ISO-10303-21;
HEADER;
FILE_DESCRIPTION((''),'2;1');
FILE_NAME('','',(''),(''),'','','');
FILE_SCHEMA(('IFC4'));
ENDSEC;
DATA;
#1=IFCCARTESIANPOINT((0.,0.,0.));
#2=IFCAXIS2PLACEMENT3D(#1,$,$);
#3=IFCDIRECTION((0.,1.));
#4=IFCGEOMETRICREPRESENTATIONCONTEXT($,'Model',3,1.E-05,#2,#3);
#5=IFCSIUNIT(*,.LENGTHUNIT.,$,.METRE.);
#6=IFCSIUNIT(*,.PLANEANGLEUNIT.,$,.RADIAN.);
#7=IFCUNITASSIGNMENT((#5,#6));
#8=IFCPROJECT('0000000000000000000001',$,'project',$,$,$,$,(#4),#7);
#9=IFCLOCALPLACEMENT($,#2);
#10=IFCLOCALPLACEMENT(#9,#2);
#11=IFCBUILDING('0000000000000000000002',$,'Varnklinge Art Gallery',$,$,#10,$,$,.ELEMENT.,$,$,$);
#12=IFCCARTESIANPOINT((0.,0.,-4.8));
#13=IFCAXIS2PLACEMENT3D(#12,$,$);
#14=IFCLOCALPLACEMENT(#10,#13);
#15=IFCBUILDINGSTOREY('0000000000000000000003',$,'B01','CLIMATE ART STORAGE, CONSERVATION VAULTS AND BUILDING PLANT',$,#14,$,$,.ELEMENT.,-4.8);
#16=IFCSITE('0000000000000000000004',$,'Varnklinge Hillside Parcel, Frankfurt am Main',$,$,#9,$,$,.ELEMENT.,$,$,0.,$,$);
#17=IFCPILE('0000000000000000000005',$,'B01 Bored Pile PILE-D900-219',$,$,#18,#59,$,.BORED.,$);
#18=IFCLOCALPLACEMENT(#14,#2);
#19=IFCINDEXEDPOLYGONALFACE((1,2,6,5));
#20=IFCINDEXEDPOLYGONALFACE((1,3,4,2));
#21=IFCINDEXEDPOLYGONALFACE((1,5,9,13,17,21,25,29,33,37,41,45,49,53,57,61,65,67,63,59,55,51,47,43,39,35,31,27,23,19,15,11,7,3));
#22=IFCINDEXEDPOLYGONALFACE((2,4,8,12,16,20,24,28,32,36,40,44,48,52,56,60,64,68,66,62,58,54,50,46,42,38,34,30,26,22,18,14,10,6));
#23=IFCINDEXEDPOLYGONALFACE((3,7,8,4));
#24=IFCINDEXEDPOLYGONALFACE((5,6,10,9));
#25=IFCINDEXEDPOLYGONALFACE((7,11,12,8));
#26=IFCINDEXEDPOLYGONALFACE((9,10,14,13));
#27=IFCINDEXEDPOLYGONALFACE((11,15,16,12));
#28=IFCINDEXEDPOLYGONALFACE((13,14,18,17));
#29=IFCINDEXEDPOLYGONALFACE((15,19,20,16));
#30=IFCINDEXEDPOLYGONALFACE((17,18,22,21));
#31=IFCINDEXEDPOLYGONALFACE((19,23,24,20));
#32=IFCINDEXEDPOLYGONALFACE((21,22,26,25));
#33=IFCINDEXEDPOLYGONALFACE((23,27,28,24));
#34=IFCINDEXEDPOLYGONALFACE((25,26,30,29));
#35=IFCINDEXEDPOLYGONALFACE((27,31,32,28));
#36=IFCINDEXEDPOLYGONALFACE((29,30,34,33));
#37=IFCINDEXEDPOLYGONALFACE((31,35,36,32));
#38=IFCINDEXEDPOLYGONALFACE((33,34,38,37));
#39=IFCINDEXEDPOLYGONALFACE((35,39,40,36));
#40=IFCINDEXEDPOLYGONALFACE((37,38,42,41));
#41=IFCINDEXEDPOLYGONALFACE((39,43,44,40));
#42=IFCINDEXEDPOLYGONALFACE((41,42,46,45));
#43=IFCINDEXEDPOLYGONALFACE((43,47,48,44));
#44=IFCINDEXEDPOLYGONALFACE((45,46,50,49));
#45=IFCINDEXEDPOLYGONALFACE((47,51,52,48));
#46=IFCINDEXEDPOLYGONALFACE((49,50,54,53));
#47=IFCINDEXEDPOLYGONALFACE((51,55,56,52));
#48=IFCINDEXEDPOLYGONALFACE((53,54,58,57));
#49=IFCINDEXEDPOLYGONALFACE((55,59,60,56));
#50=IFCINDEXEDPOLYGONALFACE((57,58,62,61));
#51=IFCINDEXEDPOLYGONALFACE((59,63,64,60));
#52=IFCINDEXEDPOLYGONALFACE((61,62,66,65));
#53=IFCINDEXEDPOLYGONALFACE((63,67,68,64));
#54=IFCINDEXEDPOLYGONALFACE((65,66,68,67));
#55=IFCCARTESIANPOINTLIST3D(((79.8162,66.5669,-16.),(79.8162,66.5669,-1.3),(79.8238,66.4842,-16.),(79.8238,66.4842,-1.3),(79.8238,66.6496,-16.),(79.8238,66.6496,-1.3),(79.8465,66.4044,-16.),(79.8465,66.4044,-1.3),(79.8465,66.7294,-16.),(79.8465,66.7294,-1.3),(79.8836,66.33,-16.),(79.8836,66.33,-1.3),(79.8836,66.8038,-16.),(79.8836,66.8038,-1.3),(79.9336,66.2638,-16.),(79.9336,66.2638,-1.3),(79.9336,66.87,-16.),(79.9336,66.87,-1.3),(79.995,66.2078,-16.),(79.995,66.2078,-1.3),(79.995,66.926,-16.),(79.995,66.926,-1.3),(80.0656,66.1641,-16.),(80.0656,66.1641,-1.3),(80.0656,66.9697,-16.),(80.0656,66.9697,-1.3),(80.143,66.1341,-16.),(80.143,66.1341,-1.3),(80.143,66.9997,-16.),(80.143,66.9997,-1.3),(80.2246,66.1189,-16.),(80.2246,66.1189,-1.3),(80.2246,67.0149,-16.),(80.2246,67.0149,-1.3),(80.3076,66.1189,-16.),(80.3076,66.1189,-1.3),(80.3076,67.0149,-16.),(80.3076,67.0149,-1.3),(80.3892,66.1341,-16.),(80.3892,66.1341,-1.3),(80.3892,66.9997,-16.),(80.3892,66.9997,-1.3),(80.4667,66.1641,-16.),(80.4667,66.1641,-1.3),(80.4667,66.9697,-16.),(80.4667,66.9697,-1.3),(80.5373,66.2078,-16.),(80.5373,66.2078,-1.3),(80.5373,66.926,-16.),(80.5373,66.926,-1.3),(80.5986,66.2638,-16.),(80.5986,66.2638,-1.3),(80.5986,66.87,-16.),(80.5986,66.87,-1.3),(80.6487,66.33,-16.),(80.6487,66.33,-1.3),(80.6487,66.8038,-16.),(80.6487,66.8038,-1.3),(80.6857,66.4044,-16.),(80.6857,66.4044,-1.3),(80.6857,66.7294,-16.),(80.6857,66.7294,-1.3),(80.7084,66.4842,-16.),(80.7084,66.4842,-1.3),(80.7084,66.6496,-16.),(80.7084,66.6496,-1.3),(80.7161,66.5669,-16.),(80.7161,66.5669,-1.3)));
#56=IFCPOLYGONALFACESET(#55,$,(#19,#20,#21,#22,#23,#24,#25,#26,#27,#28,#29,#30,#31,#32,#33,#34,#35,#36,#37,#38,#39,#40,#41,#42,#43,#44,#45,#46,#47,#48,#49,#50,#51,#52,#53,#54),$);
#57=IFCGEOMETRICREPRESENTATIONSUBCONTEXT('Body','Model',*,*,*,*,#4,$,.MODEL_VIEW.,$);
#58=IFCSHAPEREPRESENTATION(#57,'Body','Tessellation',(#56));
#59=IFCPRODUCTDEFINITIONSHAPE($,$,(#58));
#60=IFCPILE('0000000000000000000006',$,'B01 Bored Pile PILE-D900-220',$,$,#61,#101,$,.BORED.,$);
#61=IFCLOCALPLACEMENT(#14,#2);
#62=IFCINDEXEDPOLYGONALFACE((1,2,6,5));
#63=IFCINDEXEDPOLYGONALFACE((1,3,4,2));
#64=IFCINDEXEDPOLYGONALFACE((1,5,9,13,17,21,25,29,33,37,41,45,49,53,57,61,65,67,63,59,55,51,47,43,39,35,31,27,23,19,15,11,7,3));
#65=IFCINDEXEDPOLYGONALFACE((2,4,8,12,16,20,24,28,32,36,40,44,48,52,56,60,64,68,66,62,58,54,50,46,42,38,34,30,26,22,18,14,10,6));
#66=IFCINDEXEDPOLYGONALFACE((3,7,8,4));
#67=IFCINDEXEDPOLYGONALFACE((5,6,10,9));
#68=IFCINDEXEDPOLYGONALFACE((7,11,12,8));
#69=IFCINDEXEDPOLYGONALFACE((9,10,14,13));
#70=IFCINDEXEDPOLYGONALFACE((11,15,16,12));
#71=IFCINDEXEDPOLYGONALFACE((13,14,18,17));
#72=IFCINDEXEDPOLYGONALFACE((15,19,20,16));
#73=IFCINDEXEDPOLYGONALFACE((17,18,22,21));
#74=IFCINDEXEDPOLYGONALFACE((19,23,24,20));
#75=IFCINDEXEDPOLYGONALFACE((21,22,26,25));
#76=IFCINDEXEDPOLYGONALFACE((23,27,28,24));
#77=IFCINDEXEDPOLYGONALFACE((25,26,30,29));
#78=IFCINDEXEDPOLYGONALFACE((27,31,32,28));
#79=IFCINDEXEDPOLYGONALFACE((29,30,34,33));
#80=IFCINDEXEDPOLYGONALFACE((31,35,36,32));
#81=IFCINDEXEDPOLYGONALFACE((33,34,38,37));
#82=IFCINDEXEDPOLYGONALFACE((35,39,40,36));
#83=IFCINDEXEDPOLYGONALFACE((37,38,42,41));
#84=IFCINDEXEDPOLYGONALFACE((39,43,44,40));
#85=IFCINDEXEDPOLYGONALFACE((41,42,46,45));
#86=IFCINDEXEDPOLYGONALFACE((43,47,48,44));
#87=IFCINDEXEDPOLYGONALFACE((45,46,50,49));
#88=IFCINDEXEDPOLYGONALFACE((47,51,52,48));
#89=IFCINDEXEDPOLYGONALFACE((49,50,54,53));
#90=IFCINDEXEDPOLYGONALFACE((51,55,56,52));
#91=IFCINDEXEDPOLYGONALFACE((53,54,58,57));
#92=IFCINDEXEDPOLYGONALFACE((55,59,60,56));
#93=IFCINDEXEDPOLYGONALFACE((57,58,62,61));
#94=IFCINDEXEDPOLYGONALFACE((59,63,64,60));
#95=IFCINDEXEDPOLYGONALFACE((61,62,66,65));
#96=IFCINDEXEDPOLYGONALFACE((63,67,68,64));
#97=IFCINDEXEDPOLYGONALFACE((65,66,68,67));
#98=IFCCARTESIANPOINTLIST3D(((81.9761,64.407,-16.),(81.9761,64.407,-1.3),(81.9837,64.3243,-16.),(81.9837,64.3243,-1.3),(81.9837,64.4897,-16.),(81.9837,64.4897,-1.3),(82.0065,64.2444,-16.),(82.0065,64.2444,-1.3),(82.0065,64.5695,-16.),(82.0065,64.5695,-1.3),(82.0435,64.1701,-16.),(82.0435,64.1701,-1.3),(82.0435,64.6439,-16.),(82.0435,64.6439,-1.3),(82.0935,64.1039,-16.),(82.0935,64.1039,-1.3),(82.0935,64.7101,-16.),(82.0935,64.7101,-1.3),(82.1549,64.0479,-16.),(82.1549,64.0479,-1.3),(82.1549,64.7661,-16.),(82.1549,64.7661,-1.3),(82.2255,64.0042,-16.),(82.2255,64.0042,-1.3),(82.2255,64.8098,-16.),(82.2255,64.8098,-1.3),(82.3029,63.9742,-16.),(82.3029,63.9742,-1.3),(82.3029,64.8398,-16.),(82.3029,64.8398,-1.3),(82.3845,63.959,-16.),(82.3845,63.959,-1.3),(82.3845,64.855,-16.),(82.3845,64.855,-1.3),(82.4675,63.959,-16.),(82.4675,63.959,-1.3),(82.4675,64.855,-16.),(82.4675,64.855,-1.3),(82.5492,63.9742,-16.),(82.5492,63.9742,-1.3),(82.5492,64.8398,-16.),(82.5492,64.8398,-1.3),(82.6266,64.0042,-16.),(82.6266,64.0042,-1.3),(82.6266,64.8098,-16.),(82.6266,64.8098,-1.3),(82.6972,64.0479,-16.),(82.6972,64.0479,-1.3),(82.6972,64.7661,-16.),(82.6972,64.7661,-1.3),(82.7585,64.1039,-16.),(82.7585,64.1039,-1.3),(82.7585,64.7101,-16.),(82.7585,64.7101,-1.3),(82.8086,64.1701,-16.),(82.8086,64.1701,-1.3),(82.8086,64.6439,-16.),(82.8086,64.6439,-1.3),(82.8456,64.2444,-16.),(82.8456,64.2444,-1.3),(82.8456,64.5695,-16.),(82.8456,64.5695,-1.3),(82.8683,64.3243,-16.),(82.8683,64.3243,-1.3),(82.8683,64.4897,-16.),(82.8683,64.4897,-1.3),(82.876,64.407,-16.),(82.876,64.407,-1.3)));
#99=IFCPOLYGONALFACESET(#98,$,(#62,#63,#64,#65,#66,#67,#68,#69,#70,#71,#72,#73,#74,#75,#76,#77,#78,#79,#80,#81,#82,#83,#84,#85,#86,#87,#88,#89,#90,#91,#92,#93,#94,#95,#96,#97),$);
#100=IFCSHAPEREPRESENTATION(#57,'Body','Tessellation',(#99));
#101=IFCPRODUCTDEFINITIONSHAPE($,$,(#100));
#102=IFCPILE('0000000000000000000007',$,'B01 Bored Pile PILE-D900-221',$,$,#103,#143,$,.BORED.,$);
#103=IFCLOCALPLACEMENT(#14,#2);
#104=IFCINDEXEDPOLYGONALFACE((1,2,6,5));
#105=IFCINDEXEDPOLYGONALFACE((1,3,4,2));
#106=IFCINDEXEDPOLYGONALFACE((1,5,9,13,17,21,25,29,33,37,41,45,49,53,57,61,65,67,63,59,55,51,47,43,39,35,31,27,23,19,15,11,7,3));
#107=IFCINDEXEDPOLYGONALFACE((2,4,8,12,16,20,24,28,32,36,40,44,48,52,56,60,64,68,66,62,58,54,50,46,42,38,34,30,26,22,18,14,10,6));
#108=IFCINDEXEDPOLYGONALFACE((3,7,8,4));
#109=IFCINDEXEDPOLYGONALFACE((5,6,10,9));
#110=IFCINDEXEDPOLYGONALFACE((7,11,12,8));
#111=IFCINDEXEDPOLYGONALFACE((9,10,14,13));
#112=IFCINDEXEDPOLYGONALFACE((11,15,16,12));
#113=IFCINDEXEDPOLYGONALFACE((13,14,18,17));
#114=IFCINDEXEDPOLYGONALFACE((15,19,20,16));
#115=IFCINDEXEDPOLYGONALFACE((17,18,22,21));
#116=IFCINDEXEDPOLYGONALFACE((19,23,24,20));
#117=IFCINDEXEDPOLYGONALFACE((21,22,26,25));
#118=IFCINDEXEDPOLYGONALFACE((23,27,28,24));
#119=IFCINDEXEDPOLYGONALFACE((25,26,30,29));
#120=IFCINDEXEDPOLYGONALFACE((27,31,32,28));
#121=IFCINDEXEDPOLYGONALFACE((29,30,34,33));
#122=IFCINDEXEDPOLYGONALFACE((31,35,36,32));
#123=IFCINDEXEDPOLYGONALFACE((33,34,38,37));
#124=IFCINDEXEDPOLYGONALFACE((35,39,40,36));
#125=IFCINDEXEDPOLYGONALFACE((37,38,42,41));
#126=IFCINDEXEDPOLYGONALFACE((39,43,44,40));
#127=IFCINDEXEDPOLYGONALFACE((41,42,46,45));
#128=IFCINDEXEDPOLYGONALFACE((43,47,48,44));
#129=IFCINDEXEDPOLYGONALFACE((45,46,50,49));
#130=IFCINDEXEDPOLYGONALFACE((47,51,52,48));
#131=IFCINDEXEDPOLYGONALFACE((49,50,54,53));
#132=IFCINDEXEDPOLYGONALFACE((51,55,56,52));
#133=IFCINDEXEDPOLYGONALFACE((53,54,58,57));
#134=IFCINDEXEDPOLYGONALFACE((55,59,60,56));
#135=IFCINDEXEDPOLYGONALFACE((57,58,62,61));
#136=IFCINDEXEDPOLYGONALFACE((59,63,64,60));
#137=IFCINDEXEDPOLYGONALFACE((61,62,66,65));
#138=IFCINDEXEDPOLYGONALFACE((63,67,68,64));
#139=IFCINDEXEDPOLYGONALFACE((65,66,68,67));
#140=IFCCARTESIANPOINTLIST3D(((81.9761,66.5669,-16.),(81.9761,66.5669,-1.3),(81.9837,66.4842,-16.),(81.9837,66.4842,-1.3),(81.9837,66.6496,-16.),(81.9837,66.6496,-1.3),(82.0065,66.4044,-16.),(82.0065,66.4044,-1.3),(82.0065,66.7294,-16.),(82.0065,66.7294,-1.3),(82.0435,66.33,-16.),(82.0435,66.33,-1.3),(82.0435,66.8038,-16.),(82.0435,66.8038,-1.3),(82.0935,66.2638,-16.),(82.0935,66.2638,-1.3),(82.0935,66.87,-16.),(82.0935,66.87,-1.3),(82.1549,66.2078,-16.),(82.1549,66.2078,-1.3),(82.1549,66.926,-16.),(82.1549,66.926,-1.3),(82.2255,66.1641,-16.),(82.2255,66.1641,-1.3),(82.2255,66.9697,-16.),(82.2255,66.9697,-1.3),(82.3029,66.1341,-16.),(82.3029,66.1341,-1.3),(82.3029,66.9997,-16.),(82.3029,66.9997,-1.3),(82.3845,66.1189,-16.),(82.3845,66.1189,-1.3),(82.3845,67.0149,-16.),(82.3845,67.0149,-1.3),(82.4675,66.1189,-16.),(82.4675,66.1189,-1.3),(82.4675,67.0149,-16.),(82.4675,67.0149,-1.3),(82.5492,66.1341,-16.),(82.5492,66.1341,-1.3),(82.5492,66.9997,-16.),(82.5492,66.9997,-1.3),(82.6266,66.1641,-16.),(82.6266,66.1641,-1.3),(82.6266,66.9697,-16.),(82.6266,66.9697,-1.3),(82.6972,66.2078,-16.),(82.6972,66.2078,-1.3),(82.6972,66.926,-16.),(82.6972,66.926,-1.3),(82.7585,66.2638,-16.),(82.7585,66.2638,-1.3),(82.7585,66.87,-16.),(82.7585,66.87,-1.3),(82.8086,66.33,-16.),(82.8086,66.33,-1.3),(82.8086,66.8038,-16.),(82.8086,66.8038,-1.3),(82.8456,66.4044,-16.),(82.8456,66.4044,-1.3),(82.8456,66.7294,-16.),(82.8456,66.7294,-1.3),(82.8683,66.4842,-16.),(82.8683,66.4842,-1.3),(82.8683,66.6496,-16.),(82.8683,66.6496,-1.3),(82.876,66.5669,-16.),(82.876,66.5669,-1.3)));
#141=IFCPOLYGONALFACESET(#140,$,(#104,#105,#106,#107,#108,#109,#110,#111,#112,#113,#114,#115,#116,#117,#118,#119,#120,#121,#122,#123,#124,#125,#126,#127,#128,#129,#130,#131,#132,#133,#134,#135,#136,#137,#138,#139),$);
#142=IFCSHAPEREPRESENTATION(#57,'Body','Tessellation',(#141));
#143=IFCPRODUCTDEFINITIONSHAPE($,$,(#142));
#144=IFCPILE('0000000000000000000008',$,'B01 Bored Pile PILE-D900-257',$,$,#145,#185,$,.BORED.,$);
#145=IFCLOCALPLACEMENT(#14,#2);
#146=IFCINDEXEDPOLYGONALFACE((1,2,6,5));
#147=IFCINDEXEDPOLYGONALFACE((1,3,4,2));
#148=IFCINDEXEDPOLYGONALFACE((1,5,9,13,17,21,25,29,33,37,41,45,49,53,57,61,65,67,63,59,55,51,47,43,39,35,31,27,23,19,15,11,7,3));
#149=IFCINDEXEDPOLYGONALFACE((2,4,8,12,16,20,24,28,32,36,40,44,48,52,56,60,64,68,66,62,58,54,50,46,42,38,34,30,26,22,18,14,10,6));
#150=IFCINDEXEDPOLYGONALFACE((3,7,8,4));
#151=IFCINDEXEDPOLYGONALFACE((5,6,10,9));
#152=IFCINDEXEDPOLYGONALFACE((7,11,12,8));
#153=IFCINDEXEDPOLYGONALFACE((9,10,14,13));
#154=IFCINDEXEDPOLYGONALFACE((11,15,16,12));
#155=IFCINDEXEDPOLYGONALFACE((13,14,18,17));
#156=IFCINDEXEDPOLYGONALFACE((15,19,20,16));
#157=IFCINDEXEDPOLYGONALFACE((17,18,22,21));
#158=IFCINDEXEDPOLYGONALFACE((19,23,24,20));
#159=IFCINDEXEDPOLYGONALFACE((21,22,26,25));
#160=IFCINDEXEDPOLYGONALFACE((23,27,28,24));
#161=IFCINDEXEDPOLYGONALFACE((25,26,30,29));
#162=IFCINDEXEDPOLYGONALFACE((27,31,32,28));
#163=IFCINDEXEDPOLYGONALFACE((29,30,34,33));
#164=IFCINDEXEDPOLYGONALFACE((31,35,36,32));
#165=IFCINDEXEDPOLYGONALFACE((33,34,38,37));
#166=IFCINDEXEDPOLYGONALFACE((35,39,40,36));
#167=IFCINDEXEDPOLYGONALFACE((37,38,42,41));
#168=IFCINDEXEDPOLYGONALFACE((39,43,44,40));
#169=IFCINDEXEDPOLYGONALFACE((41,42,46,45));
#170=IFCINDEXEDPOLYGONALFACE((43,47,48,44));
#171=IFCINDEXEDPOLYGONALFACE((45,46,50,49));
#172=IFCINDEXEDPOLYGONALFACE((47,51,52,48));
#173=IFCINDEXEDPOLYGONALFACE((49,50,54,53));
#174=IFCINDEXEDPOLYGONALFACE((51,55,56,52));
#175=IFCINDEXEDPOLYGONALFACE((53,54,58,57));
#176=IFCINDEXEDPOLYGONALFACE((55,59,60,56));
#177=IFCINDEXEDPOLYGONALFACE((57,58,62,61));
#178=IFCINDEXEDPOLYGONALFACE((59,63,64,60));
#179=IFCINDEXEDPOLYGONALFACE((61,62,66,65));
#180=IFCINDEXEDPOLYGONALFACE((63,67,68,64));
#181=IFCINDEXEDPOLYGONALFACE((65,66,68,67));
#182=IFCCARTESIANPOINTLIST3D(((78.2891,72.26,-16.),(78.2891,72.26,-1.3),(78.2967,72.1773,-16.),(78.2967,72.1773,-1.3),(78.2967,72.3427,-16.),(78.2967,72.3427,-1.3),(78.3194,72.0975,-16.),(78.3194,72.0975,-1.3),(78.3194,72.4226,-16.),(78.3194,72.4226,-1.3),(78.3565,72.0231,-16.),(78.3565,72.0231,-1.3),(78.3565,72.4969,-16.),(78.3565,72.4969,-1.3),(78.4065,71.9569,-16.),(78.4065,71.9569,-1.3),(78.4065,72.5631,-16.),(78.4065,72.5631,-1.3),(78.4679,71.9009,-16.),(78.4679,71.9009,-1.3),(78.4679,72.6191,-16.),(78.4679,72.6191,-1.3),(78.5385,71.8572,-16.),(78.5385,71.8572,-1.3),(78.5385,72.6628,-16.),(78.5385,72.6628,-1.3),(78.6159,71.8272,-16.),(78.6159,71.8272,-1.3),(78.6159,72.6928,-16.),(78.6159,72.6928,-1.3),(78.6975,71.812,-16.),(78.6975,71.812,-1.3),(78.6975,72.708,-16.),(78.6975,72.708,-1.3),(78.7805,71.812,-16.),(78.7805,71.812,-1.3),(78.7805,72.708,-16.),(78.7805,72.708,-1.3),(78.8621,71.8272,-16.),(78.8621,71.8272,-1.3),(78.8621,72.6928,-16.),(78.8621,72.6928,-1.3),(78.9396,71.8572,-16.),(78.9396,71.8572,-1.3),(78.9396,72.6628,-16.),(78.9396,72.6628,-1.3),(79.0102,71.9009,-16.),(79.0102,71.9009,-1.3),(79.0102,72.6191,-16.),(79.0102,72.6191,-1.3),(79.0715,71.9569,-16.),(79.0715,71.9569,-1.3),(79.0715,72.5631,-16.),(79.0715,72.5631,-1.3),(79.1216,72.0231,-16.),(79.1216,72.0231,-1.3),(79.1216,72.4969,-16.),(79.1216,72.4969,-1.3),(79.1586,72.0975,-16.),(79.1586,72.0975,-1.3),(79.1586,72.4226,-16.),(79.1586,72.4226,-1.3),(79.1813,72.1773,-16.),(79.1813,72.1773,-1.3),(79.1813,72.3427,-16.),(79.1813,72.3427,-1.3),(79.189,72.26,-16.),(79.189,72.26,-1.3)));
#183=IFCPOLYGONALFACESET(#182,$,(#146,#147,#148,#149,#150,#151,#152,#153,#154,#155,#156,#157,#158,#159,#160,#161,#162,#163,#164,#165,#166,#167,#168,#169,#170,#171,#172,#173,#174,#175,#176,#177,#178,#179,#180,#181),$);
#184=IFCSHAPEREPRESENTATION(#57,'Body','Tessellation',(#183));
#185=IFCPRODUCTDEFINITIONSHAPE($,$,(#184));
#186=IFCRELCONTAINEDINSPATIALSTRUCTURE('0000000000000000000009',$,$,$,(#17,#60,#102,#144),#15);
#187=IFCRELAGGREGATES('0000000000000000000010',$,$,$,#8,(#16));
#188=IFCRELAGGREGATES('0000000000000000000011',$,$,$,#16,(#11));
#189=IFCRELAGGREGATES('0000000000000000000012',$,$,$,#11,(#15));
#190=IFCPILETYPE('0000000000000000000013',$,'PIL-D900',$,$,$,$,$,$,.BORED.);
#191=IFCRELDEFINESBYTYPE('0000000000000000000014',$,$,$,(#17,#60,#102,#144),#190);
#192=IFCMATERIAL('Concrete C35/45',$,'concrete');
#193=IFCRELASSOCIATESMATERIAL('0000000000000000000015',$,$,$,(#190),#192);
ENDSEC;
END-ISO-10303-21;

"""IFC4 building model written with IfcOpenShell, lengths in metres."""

from ifc_helpers import new_model, si_unit, direction, frame, origin, origin_2d, place, context, subcontext, project, spatial, circle, extrude, material, material_profile, profile_set, type_object, element, save


model = new_model("IFC4")

# Units and contexts
model_context = context("Model", 3, precision=1e-05, world=origin(), true_north=direction((0.0, 1.0)))
body_context = subcontext(model_context, "Body", "Model", "MODEL_VIEW")
ifc_project = project(units=[si_unit("LENGTHUNIT", "METRE"), si_unit("PLANEANGLEUNIT", "RADIAN")], contexts=[model_context])

# Site, building, storey
site_placement = place(None, origin())
site = spatial("IfcSite", under=ifc_project, at=site_placement, Name="Varnklinge Hillside Parcel, Frankfurt am Main", CompositionType="ELEMENT", RefElevation=0.0)
building_placement = place(site_placement, origin())
building = spatial("IfcBuilding", under=site, at=building_placement, Name="Varnklinge Art Gallery", CompositionType="ELEMENT")
storey_placement = place(building_placement, frame((0.0, 0.0, -4.8)))
storey = spatial("IfcBuildingStorey", under=building, at=storey_placement, Name="B01", Description="CLIMATE ART STORAGE, CONSERVATION VAULTS AND BUILDING PLANT", CompositionType="ELEMENT", Elevation=-4.8)

# Piles
ifc_material_1 = material(Name="Concrete C35/45", Category="concrete")
ifc_material_profile_1 = material_profile(ifc_material_1, circle(Radius=0.45, at=origin_2d()), Name="PILE D900")
ifc_profile_set_1 = profile_set([ifc_material_profile_1], Name="Concrete C35/45")
pile_type_1 = type_object("IfcPileType", Name="PIL-D900", PredefinedType="BORED", material=ifc_profile_set_1)
for number, where, z_axis, x_axis, name in (
    (1, (80.2661, 66.5669, -1.3), (0.0, 0.0, -1.0), (1.0, 0.0, 0.0), "B01 Bored Pile PILE-D900-219"),
    (2, (82.426, 64.407, -1.3), (0.0, 0.0, -1.0), (1.0, 0.0, 0.0), "B01 Bored Pile PILE-D900-220"),
    (3, (82.426, 66.5669, -1.3), (0.0, 0.0, -1.0), (1.0, 0.0, 0.0), "B01 Bored Pile PILE-D900-221"),
    (4, (78.739, 72.26, -1.3), (0.0, 0.0, -1.0), (1.0, 0.0, 0.0), "B01 Bored Pile PILE-D900-257"),
):
    element("IfcPile", number, at=place(storey_placement, frame(where, z_axis=z_axis, x_axis=x_axis)), inside=storey, type_object=pile_type_1, Name=name, PredefinedType="BORED", context=body_context, shape_type="SweptSolid", body=[
        extrude(circle(Radius=0.45, at=origin_2d()), origin(), (0.0, 0.0, 1.0), 14.7),
    ])

save(model, "model.ifc")
